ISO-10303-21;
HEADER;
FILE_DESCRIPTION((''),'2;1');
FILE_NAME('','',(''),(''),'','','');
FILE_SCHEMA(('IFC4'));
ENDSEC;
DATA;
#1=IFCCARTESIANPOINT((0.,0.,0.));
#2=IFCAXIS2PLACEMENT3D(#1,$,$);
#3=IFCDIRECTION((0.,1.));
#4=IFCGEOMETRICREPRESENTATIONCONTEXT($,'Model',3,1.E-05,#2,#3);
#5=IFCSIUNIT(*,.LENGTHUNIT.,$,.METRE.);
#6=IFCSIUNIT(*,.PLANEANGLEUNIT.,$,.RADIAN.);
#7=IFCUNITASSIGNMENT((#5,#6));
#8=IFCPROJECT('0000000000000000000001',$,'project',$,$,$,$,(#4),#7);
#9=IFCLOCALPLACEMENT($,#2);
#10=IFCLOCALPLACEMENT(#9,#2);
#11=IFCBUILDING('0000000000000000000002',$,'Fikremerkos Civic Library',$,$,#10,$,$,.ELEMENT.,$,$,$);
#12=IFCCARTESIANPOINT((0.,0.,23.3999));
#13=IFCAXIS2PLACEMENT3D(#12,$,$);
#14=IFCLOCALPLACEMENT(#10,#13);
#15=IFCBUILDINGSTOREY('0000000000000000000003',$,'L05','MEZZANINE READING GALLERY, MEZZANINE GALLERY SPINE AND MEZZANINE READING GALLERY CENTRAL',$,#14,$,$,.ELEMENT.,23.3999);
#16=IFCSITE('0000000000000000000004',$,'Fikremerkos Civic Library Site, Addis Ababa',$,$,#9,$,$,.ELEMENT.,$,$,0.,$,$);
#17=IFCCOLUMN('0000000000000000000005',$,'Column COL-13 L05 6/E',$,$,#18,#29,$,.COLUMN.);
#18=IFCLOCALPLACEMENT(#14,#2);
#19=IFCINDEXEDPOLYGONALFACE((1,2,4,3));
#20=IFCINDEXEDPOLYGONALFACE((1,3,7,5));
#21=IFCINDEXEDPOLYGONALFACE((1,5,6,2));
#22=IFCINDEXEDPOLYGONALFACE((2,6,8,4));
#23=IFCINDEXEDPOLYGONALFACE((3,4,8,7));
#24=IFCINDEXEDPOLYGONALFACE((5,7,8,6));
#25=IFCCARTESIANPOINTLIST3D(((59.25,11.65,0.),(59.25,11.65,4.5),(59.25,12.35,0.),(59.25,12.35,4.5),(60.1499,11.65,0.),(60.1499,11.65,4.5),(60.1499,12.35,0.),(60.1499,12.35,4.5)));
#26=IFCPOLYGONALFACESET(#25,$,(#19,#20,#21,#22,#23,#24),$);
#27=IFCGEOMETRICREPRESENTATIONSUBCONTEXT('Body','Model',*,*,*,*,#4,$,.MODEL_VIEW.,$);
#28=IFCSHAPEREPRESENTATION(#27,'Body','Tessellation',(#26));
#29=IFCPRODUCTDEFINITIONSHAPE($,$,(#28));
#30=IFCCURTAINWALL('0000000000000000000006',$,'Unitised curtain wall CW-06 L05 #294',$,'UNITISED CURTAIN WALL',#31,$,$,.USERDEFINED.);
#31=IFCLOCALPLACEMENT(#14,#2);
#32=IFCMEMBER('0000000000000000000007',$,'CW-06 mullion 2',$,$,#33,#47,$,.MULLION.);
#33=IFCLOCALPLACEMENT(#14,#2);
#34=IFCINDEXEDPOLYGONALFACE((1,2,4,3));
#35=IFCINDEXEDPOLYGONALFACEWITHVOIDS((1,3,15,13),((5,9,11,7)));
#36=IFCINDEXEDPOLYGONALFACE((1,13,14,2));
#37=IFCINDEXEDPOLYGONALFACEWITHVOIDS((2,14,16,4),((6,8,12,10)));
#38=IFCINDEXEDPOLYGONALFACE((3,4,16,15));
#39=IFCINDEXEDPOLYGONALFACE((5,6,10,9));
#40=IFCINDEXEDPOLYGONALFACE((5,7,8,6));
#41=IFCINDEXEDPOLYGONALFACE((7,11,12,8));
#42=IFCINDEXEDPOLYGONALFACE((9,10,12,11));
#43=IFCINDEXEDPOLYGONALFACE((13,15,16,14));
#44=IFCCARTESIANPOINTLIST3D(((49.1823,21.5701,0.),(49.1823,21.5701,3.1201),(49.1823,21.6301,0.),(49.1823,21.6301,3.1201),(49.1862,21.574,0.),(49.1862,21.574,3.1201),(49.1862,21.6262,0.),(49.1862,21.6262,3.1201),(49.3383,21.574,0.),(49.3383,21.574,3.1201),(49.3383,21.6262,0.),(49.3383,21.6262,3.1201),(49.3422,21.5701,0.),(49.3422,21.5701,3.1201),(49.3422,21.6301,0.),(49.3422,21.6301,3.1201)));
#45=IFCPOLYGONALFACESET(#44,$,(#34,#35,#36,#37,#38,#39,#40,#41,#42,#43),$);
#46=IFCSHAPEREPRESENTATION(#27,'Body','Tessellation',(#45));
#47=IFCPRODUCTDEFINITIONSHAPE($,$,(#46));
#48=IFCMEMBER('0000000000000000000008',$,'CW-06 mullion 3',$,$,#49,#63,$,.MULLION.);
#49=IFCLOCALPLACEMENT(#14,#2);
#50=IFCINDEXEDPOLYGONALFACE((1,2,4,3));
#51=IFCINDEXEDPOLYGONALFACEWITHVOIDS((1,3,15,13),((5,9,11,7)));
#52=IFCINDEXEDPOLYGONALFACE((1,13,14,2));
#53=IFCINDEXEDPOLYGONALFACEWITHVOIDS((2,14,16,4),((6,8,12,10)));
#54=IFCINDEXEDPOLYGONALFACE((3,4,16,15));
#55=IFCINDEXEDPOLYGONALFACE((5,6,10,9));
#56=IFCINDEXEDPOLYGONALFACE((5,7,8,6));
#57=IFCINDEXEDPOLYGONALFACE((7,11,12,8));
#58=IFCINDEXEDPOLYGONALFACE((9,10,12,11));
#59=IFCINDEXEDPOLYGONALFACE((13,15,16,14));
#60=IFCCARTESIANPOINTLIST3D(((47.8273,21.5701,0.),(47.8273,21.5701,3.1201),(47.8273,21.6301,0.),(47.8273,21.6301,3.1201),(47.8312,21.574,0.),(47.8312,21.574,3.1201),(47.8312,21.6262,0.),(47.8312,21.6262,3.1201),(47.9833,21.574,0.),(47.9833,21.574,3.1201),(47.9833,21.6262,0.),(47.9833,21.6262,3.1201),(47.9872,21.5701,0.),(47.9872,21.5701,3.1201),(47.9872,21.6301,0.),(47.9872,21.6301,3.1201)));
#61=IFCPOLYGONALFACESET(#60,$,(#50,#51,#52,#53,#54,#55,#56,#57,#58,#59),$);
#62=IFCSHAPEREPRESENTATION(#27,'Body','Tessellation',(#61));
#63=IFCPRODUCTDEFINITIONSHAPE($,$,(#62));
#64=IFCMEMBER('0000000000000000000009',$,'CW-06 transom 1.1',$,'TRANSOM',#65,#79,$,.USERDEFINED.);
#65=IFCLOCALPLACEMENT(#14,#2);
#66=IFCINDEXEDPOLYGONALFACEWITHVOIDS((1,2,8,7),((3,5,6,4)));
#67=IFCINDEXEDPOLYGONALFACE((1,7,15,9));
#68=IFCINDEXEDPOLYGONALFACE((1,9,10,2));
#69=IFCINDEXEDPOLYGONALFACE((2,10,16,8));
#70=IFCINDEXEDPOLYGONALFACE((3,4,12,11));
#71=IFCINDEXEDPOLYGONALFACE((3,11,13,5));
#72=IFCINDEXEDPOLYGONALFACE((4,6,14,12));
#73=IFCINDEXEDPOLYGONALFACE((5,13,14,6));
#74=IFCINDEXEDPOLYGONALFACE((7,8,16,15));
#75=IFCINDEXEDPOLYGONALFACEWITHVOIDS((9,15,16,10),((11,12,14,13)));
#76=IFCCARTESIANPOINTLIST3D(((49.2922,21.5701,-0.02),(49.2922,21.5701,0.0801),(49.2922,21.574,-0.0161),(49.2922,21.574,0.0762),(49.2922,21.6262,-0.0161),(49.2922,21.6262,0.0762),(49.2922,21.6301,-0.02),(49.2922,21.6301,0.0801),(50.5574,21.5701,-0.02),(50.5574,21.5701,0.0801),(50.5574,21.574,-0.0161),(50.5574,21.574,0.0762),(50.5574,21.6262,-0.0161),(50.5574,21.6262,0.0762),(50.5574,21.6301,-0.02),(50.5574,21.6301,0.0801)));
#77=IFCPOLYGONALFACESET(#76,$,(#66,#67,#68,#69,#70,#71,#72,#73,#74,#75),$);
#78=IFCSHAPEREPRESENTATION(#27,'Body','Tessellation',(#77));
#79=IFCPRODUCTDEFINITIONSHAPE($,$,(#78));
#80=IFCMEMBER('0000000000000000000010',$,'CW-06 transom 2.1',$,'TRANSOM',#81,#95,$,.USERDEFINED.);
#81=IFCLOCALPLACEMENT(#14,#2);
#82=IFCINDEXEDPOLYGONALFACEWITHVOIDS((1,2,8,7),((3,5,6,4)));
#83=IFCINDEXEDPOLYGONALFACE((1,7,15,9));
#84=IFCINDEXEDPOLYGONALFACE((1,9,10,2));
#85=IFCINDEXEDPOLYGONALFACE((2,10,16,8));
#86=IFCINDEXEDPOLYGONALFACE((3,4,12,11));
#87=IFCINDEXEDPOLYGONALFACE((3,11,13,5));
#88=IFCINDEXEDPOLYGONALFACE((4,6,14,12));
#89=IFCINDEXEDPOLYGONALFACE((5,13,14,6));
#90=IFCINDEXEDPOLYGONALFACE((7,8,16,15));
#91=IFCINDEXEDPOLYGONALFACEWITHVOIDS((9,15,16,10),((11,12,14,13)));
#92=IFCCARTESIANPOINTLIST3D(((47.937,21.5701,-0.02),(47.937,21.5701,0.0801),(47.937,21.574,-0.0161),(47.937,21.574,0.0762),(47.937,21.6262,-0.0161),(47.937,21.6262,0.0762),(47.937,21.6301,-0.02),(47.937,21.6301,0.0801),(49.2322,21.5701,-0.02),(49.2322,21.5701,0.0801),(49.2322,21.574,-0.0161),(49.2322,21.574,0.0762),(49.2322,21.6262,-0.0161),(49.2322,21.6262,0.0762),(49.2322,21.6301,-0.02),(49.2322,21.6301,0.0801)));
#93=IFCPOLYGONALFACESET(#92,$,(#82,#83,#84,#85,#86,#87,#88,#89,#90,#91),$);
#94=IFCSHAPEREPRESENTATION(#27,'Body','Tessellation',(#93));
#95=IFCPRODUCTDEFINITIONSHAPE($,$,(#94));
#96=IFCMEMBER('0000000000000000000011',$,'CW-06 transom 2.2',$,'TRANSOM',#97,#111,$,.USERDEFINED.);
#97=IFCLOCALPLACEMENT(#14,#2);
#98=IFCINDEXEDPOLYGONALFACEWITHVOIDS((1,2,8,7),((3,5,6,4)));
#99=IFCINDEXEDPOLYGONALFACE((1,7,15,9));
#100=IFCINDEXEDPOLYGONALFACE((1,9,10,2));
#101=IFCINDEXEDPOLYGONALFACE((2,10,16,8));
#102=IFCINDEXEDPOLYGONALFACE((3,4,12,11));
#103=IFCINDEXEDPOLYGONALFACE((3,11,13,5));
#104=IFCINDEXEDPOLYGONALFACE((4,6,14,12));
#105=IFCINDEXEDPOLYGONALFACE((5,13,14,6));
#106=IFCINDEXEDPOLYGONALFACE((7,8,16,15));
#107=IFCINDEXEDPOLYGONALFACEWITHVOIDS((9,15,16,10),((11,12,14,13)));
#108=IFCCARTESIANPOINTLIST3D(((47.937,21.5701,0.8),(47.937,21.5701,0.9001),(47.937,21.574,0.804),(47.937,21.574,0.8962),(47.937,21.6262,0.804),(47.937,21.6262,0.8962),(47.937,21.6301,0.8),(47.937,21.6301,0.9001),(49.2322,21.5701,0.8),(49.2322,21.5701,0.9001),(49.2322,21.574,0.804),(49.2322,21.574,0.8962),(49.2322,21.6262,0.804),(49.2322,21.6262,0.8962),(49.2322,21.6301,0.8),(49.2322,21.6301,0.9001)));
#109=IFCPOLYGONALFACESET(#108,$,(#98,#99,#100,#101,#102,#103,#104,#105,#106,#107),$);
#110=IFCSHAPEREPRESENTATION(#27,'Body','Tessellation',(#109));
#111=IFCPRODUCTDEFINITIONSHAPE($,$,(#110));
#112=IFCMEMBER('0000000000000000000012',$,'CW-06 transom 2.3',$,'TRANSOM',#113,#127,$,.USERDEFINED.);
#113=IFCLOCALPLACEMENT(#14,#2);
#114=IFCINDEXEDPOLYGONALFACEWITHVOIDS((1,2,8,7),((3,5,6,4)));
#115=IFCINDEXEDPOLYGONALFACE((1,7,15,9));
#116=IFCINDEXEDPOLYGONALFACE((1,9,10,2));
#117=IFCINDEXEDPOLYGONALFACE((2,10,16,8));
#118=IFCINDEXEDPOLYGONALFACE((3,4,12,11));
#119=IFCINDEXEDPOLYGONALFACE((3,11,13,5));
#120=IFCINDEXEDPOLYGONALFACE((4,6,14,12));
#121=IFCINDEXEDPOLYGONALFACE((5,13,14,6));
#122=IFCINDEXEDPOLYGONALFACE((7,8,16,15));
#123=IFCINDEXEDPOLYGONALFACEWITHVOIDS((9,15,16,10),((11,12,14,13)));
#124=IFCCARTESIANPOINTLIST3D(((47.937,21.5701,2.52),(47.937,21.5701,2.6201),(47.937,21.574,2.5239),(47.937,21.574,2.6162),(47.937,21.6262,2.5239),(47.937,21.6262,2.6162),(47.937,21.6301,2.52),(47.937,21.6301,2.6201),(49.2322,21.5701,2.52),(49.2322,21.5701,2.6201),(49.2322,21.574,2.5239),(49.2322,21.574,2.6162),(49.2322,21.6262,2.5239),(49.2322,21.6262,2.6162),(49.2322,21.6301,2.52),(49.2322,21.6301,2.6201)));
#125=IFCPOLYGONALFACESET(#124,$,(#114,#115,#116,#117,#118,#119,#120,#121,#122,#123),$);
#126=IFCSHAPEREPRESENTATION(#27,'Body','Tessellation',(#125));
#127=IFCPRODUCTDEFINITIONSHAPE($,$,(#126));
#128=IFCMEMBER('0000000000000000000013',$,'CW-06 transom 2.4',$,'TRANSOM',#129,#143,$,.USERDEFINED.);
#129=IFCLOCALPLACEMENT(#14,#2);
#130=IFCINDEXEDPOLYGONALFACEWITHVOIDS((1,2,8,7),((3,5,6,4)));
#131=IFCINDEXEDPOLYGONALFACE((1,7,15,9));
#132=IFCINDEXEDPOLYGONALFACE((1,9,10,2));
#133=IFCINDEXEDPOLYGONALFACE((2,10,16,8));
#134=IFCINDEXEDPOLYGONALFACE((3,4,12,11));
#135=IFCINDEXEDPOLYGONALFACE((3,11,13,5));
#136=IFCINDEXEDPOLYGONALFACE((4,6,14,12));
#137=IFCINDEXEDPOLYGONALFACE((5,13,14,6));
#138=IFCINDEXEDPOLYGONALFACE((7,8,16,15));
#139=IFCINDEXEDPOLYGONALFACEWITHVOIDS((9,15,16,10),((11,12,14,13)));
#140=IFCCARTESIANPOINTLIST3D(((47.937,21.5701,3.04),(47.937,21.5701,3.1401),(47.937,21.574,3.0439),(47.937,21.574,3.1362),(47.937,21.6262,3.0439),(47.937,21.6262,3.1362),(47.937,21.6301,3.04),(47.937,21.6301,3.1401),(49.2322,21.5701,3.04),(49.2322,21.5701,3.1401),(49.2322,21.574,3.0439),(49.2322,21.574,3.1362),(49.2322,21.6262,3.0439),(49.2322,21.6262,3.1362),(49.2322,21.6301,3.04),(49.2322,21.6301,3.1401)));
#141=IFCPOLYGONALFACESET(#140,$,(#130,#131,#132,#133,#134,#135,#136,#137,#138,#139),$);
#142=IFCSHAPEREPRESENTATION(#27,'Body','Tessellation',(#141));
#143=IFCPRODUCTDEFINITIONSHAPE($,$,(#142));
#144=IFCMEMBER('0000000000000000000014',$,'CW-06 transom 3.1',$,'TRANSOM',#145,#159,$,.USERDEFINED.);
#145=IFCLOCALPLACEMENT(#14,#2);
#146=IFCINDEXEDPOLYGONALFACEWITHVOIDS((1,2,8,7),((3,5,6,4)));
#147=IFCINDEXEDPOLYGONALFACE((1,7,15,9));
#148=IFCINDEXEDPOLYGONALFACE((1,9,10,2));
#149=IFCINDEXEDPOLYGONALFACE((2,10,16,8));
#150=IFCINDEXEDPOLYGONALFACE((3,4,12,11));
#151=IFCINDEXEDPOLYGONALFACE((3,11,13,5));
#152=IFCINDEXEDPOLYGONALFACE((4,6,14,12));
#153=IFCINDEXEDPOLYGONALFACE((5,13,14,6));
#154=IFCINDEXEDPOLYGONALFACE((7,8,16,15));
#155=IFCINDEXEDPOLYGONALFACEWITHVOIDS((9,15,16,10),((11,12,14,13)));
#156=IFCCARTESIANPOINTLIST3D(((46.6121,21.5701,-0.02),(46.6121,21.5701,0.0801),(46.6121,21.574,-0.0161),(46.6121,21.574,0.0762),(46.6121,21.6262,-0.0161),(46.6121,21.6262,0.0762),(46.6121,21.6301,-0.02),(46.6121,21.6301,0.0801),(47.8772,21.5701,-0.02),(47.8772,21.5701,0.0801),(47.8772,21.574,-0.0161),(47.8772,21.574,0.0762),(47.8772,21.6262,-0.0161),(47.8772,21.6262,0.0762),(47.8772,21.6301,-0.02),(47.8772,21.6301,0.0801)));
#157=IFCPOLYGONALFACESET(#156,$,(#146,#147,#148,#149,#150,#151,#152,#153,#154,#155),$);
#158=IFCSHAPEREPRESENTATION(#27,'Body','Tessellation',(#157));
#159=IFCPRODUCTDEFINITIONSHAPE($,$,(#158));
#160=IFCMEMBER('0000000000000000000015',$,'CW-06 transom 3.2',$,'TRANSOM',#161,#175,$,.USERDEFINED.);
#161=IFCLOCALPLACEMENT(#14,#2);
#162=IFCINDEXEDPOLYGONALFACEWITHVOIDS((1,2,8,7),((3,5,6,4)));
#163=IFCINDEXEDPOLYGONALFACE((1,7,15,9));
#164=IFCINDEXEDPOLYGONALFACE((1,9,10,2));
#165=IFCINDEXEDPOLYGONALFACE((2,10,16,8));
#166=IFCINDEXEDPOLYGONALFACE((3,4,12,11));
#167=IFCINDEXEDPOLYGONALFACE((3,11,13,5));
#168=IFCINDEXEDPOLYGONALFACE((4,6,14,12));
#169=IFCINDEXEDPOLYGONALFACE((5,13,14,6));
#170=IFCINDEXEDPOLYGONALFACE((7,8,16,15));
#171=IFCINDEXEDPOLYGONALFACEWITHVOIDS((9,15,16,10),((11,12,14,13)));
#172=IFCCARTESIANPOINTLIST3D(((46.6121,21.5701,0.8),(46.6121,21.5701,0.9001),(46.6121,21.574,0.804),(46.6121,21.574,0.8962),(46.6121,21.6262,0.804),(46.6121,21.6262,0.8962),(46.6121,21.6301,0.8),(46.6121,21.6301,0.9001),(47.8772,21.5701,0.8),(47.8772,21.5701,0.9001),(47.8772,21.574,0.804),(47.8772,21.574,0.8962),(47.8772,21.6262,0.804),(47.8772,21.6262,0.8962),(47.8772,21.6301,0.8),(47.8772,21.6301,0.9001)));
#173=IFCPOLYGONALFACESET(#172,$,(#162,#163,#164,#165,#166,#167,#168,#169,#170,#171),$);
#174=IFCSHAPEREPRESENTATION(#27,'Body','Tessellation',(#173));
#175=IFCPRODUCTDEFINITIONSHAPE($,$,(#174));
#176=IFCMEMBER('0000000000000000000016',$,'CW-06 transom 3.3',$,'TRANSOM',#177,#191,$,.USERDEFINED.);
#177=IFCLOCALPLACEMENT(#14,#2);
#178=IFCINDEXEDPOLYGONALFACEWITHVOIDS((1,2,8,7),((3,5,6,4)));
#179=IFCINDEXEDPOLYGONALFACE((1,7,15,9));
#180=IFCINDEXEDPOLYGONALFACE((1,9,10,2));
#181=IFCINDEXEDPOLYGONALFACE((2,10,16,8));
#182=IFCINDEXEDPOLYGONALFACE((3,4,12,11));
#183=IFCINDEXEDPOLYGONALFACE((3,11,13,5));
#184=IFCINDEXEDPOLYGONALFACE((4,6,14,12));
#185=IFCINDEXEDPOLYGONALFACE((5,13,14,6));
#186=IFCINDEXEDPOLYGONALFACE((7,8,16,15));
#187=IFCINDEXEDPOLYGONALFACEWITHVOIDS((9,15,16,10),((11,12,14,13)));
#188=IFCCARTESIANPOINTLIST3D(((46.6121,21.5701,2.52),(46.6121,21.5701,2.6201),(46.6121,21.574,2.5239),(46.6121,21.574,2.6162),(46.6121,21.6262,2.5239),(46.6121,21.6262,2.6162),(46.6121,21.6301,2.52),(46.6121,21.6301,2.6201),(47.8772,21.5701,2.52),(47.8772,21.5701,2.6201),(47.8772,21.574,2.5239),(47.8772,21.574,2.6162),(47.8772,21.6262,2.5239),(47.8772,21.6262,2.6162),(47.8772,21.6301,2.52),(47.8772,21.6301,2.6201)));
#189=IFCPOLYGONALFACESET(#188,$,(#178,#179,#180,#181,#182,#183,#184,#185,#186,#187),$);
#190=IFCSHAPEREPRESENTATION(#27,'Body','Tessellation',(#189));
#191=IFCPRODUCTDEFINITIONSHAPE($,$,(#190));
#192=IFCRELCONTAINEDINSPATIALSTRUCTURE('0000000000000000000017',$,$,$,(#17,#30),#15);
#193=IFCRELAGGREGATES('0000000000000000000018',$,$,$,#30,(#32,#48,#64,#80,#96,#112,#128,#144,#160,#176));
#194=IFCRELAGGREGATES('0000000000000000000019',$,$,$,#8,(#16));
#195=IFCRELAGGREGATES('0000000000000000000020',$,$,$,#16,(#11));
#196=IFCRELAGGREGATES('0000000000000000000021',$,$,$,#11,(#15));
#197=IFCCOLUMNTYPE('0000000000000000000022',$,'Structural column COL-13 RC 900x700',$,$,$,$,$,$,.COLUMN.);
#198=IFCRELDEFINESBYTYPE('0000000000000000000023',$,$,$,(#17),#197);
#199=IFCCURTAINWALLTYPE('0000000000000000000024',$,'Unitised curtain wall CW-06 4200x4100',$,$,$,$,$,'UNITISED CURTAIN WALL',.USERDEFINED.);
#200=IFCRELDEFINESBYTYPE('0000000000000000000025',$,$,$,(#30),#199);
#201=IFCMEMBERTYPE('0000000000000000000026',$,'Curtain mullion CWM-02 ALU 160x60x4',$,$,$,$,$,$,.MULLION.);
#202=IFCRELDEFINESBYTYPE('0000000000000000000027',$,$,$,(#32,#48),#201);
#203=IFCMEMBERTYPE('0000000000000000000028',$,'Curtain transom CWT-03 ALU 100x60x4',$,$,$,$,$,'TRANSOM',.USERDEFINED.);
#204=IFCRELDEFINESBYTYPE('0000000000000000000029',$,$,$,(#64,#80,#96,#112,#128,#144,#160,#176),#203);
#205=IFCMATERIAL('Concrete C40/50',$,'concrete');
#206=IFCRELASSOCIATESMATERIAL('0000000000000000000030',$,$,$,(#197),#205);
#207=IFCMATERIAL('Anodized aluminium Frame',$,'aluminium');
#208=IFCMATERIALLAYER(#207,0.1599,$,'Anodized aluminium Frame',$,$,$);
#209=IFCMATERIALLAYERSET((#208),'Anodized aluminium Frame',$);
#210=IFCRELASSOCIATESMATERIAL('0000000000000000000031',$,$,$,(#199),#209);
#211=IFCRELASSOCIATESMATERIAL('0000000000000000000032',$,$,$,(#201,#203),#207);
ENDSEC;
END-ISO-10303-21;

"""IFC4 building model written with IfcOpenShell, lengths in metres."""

from ifc_helpers import new_model, si_unit, direction, frame, origin, origin_2d, place, context, subcontext, project, spatial, rectangle, hollow_rectangle, extrude, material, layer, layer_set, material_profile, profile_set, type_object, element, aggregate, save


model = new_model("IFC4")

# Units and contexts
model_context = context("Model", 3, precision=1e-05, world=origin(), true_north=direction((0.0, 1.0)))
body_context = subcontext(model_context, "Body", "Model", "MODEL_VIEW")
ifc_project = project(units=[si_unit("LENGTHUNIT", "METRE"), si_unit("PLANEANGLEUNIT", "RADIAN")], contexts=[model_context])

# Site, building, storey
site_placement = place(None, origin())
site = spatial("IfcSite", under=ifc_project, at=site_placement, Name="Fikremerkos Civic Library Site, Addis Ababa", CompositionType="ELEMENT", RefElevation=0.0)
building_placement = place(site_placement, origin())
building = spatial("IfcBuilding", under=site, at=building_placement, Name="Fikremerkos Civic Library", CompositionType="ELEMENT")
storey_placement = place(building_placement, frame((0.0, 0.0, 23.3999)))
storey = spatial("IfcBuildingStorey", under=building, at=storey_placement, Name="L05", Description="MEZZANINE READING GALLERY, MEZZANINE GALLERY SPINE AND MEZZANINE READING GALLERY CENTRAL", CompositionType="ELEMENT", Elevation=23.3999)

# Column
ifc_material_1 = material(Name="Concrete C40/50", Category="concrete")
ifc_material_profile_1 = material_profile(ifc_material_1, rectangle(XDim=0.8999, YDim=0.7, at=origin_2d()), Name="RC 900x700")
ifc_profile_set_1 = profile_set([ifc_material_profile_1], Name="Concrete C40/50")
column_type = type_object("IfcColumnType", Name="Structural column COL-13 RC 900x700", PredefinedType="COLUMN", material=ifc_profile_set_1)
column_placement = place(storey_placement, frame((59.7, 12.0, 0.0), z_axis=(0.0, 0.0, 1.0), x_axis=(1.0, 0.0, 0.0)))
element("IfcColumn", 1, at=column_placement, inside=storey, type_object=column_type, Name="Column COL-13 L05 6/E", PredefinedType="COLUMN", context=body_context, shape_type="SweptSolid", body=[
    extrude(rectangle(XDim=0.8999, YDim=0.7, at=origin_2d()), origin(), (0.0, 0.0, 1.0), 4.5),
])

# Curtain wall, members
ifc_material_2 = material(Name="Anodized aluminium Frame", Category="aluminium")
ifc_layer_1 = layer(ifc_material_2, 0.1599, Name="Anodized aluminium Frame")
ifc_layer_set_1 = layer_set([ifc_layer_1], Name="Anodized aluminium Frame")
curtain_wall_type = type_object("IfcCurtainWallType", Name="Unitised curtain wall CW-06 4200x4100", ElementType="UNITISED CURTAIN WALL", PredefinedType="USERDEFINED", material=ifc_layer_set_1)
curtain_wall_placement = place(storey_placement, origin())
curtain_wall = element("IfcCurtainWall", 2, at=curtain_wall_placement, inside=storey, type_object=curtain_wall_type, Name="Unitised curtain wall CW-06 L05 #294", ObjectType="UNITISED CURTAIN WALL", PredefinedType="USERDEFINED")
ifc_material_profile_2 = material_profile(ifc_material_2, hollow_rectangle(XDim=0.0601, YDim=0.1599, WallThickness=0.0039, at=origin_2d()), Name="ALU 160x60x4")
ifc_profile_set_2 = profile_set([ifc_material_profile_2], Name="Anodized aluminium Frame")
member_type_1 = type_object("IfcMemberType", Name="Curtain mullion CWM-02 ALU 160x60x4", PredefinedType="MULLION", material=ifc_profile_set_2)
member_1_placement = place(storey_placement, frame((49.2622, 21.6001, 0.0), z_axis=(0.0, 0.0, 1.0), x_axis=(0.0, -1.0, 0.0)))
member_1 = element("IfcMember", 3, at=member_1_placement, type_object=member_type_1, Name="CW-06 mullion 2", PredefinedType="MULLION", context=body_context, shape_type="SweptSolid", body=[
    extrude(hollow_rectangle(XDim=0.0601, YDim=0.1599, WallThickness=0.0039, at=origin_2d()), origin(), (0.0, 0.0, 1.0), 3.1201),
])
member_2_placement = place(storey_placement, frame((47.9072, 21.6001, 0.0), z_axis=(0.0, 0.0, 1.0), x_axis=(0.0, -1.0, 0.0)))
member_2 = element("IfcMember", 4, at=member_2_placement, type_object=member_type_1, Name="CW-06 mullion 3", PredefinedType="MULLION", context=body_context, shape_type="SweptSolid", body=[
    extrude(hollow_rectangle(XDim=0.0601, YDim=0.1599, WallThickness=0.0039, at=origin_2d()), origin(), (0.0, 0.0, 1.0), 3.1201),
])
ifc_material_profile_3 = material_profile(ifc_material_2, hollow_rectangle(XDim=0.0601, YDim=0.1001, WallThickness=0.0039, at=origin_2d()), Name="ALU 100x60x4")
ifc_profile_set_3 = profile_set([ifc_material_profile_3], Name="Anodized aluminium Frame")
member_type_2 = type_object("IfcMemberType", Name="Curtain transom CWT-03 ALU 100x60x4", ElementType="TRANSOM", PredefinedType="USERDEFINED", material=ifc_profile_set_3)
member_3_placement = place(storey_placement, frame((50.5574, 21.6001, 0.03), z_axis=(-1.0, 0.0, 0.0), x_axis=(0.0, -1.0, 0.0)))
member_3 = element("IfcMember", 5, at=member_3_placement, type_object=member_type_2, Name="CW-06 transom 1.1", ObjectType="TRANSOM", PredefinedType="USERDEFINED", context=body_context, shape_type="SweptSolid", body=[
    extrude(hollow_rectangle(XDim=0.0601, YDim=0.1001, WallThickness=0.0039, at=origin_2d()), origin(), (0.0, 0.0, 1.0), 1.2651),
])
member_4_placement = place(storey_placement, frame((49.2322, 21.6001, 0.03), z_axis=(-1.0, 0.0, 0.0), x_axis=(0.0, -1.0, 0.0)))
member_4 = element("IfcMember", 6, at=member_4_placement, type_object=member_type_2, Name="CW-06 transom 2.1", ObjectType="TRANSOM", PredefinedType="USERDEFINED", context=body_context, shape_type="SweptSolid", body=[
    extrude(hollow_rectangle(XDim=0.0601, YDim=0.1001, WallThickness=0.0039, at=origin_2d()), origin(), (0.0, 0.0, 1.0), 1.2952),
])
member_5_placement = place(storey_placement, frame((49.2322, 21.6001, 0.8501), z_axis=(-1.0, 0.0, 0.0), x_axis=(0.0, -1.0, 0.0)))
member_5 = element("IfcMember", 7, at=member_5_placement, type_object=member_type_2, Name="CW-06 transom 2.2", ObjectType="TRANSOM", PredefinedType="USERDEFINED", context=body_context, shape_type="SweptSolid", body=[
    extrude(hollow_rectangle(XDim=0.0601, YDim=0.1001, WallThickness=0.0039, at=origin_2d()), origin(), (0.0, 0.0, 1.0), 1.2952),
])
member_6_placement = place(storey_placement, frame((49.2322, 21.6001, 2.5701), z_axis=(-1.0, 0.0, 0.0), x_axis=(0.0, -1.0, 0.0)))
member_6 = element("IfcMember", 8, at=member_6_placement, type_object=member_type_2, Name="CW-06 transom 2.3", ObjectType="TRANSOM", PredefinedType="USERDEFINED", context=body_context, shape_type="SweptSolid", body=[
    extrude(hollow_rectangle(XDim=0.0601, YDim=0.1001, WallThickness=0.0039, at=origin_2d()), origin(), (0.0, 0.0, 1.0), 1.2952),
])
member_7_placement = place(storey_placement, frame((49.2322, 21.6001, 3.0901), z_axis=(-1.0, 0.0, 0.0), x_axis=(0.0, -1.0, 0.0)))
member_7 = element("IfcMember", 9, at=member_7_placement, type_object=member_type_2, Name="CW-06 transom 2.4", ObjectType="TRANSOM", PredefinedType="USERDEFINED", context=body_context, shape_type="SweptSolid", body=[
    extrude(hollow_rectangle(XDim=0.0601, YDim=0.1001, WallThickness=0.0039, at=origin_2d()), origin(), (0.0, 0.0, 1.0), 1.2952),
])
member_8_placement = place(storey_placement, frame((47.8772, 21.6001, 0.03), z_axis=(-1.0, 0.0, 0.0), x_axis=(0.0, -1.0, 0.0)))
member_8 = element("IfcMember", 10, at=member_8_placement, type_object=member_type_2, Name="CW-06 transom 3.1", ObjectType="TRANSOM", PredefinedType="USERDEFINED", context=body_context, shape_type="SweptSolid", body=[
    extrude(hollow_rectangle(XDim=0.0601, YDim=0.1001, WallThickness=0.0039, at=origin_2d()), origin(), (0.0, 0.0, 1.0), 1.2651),
])
member_9_placement = place(storey_placement, frame((47.8772, 21.6001, 0.8501), z_axis=(-1.0, 0.0, 0.0), x_axis=(0.0, -1.0, 0.0)))
member_9 = element("IfcMember", 11, at=member_9_placement, type_object=member_type_2, Name="CW-06 transom 3.2", ObjectType="TRANSOM", PredefinedType="USERDEFINED", context=body_context, shape_type="SweptSolid", body=[
    extrude(hollow_rectangle(XDim=0.0601, YDim=0.1001, WallThickness=0.0039, at=origin_2d()), origin(), (0.0, 0.0, 1.0), 1.2651),
])
member_10_placement = place(storey_placement, frame((47.8772, 21.6001, 2.5701), z_axis=(-1.0, 0.0, 0.0), x_axis=(0.0, -1.0, 0.0)))
member_10 = element("IfcMember", 12, at=member_10_placement, type_object=member_type_2, Name="CW-06 transom 3.3", ObjectType="TRANSOM", PredefinedType="USERDEFINED", context=body_context, shape_type="SweptSolid", body=[
    extrude(hollow_rectangle(XDim=0.0601, YDim=0.1001, WallThickness=0.0039, at=origin_2d()), origin(), (0.0, 0.0, 1.0), 1.2651),
])
aggregate(curtain_wall, [member_1, member_2, member_3, member_4, member_5, member_6, member_7, member_8, member_9, member_10])

save(model, "model.ifc")
